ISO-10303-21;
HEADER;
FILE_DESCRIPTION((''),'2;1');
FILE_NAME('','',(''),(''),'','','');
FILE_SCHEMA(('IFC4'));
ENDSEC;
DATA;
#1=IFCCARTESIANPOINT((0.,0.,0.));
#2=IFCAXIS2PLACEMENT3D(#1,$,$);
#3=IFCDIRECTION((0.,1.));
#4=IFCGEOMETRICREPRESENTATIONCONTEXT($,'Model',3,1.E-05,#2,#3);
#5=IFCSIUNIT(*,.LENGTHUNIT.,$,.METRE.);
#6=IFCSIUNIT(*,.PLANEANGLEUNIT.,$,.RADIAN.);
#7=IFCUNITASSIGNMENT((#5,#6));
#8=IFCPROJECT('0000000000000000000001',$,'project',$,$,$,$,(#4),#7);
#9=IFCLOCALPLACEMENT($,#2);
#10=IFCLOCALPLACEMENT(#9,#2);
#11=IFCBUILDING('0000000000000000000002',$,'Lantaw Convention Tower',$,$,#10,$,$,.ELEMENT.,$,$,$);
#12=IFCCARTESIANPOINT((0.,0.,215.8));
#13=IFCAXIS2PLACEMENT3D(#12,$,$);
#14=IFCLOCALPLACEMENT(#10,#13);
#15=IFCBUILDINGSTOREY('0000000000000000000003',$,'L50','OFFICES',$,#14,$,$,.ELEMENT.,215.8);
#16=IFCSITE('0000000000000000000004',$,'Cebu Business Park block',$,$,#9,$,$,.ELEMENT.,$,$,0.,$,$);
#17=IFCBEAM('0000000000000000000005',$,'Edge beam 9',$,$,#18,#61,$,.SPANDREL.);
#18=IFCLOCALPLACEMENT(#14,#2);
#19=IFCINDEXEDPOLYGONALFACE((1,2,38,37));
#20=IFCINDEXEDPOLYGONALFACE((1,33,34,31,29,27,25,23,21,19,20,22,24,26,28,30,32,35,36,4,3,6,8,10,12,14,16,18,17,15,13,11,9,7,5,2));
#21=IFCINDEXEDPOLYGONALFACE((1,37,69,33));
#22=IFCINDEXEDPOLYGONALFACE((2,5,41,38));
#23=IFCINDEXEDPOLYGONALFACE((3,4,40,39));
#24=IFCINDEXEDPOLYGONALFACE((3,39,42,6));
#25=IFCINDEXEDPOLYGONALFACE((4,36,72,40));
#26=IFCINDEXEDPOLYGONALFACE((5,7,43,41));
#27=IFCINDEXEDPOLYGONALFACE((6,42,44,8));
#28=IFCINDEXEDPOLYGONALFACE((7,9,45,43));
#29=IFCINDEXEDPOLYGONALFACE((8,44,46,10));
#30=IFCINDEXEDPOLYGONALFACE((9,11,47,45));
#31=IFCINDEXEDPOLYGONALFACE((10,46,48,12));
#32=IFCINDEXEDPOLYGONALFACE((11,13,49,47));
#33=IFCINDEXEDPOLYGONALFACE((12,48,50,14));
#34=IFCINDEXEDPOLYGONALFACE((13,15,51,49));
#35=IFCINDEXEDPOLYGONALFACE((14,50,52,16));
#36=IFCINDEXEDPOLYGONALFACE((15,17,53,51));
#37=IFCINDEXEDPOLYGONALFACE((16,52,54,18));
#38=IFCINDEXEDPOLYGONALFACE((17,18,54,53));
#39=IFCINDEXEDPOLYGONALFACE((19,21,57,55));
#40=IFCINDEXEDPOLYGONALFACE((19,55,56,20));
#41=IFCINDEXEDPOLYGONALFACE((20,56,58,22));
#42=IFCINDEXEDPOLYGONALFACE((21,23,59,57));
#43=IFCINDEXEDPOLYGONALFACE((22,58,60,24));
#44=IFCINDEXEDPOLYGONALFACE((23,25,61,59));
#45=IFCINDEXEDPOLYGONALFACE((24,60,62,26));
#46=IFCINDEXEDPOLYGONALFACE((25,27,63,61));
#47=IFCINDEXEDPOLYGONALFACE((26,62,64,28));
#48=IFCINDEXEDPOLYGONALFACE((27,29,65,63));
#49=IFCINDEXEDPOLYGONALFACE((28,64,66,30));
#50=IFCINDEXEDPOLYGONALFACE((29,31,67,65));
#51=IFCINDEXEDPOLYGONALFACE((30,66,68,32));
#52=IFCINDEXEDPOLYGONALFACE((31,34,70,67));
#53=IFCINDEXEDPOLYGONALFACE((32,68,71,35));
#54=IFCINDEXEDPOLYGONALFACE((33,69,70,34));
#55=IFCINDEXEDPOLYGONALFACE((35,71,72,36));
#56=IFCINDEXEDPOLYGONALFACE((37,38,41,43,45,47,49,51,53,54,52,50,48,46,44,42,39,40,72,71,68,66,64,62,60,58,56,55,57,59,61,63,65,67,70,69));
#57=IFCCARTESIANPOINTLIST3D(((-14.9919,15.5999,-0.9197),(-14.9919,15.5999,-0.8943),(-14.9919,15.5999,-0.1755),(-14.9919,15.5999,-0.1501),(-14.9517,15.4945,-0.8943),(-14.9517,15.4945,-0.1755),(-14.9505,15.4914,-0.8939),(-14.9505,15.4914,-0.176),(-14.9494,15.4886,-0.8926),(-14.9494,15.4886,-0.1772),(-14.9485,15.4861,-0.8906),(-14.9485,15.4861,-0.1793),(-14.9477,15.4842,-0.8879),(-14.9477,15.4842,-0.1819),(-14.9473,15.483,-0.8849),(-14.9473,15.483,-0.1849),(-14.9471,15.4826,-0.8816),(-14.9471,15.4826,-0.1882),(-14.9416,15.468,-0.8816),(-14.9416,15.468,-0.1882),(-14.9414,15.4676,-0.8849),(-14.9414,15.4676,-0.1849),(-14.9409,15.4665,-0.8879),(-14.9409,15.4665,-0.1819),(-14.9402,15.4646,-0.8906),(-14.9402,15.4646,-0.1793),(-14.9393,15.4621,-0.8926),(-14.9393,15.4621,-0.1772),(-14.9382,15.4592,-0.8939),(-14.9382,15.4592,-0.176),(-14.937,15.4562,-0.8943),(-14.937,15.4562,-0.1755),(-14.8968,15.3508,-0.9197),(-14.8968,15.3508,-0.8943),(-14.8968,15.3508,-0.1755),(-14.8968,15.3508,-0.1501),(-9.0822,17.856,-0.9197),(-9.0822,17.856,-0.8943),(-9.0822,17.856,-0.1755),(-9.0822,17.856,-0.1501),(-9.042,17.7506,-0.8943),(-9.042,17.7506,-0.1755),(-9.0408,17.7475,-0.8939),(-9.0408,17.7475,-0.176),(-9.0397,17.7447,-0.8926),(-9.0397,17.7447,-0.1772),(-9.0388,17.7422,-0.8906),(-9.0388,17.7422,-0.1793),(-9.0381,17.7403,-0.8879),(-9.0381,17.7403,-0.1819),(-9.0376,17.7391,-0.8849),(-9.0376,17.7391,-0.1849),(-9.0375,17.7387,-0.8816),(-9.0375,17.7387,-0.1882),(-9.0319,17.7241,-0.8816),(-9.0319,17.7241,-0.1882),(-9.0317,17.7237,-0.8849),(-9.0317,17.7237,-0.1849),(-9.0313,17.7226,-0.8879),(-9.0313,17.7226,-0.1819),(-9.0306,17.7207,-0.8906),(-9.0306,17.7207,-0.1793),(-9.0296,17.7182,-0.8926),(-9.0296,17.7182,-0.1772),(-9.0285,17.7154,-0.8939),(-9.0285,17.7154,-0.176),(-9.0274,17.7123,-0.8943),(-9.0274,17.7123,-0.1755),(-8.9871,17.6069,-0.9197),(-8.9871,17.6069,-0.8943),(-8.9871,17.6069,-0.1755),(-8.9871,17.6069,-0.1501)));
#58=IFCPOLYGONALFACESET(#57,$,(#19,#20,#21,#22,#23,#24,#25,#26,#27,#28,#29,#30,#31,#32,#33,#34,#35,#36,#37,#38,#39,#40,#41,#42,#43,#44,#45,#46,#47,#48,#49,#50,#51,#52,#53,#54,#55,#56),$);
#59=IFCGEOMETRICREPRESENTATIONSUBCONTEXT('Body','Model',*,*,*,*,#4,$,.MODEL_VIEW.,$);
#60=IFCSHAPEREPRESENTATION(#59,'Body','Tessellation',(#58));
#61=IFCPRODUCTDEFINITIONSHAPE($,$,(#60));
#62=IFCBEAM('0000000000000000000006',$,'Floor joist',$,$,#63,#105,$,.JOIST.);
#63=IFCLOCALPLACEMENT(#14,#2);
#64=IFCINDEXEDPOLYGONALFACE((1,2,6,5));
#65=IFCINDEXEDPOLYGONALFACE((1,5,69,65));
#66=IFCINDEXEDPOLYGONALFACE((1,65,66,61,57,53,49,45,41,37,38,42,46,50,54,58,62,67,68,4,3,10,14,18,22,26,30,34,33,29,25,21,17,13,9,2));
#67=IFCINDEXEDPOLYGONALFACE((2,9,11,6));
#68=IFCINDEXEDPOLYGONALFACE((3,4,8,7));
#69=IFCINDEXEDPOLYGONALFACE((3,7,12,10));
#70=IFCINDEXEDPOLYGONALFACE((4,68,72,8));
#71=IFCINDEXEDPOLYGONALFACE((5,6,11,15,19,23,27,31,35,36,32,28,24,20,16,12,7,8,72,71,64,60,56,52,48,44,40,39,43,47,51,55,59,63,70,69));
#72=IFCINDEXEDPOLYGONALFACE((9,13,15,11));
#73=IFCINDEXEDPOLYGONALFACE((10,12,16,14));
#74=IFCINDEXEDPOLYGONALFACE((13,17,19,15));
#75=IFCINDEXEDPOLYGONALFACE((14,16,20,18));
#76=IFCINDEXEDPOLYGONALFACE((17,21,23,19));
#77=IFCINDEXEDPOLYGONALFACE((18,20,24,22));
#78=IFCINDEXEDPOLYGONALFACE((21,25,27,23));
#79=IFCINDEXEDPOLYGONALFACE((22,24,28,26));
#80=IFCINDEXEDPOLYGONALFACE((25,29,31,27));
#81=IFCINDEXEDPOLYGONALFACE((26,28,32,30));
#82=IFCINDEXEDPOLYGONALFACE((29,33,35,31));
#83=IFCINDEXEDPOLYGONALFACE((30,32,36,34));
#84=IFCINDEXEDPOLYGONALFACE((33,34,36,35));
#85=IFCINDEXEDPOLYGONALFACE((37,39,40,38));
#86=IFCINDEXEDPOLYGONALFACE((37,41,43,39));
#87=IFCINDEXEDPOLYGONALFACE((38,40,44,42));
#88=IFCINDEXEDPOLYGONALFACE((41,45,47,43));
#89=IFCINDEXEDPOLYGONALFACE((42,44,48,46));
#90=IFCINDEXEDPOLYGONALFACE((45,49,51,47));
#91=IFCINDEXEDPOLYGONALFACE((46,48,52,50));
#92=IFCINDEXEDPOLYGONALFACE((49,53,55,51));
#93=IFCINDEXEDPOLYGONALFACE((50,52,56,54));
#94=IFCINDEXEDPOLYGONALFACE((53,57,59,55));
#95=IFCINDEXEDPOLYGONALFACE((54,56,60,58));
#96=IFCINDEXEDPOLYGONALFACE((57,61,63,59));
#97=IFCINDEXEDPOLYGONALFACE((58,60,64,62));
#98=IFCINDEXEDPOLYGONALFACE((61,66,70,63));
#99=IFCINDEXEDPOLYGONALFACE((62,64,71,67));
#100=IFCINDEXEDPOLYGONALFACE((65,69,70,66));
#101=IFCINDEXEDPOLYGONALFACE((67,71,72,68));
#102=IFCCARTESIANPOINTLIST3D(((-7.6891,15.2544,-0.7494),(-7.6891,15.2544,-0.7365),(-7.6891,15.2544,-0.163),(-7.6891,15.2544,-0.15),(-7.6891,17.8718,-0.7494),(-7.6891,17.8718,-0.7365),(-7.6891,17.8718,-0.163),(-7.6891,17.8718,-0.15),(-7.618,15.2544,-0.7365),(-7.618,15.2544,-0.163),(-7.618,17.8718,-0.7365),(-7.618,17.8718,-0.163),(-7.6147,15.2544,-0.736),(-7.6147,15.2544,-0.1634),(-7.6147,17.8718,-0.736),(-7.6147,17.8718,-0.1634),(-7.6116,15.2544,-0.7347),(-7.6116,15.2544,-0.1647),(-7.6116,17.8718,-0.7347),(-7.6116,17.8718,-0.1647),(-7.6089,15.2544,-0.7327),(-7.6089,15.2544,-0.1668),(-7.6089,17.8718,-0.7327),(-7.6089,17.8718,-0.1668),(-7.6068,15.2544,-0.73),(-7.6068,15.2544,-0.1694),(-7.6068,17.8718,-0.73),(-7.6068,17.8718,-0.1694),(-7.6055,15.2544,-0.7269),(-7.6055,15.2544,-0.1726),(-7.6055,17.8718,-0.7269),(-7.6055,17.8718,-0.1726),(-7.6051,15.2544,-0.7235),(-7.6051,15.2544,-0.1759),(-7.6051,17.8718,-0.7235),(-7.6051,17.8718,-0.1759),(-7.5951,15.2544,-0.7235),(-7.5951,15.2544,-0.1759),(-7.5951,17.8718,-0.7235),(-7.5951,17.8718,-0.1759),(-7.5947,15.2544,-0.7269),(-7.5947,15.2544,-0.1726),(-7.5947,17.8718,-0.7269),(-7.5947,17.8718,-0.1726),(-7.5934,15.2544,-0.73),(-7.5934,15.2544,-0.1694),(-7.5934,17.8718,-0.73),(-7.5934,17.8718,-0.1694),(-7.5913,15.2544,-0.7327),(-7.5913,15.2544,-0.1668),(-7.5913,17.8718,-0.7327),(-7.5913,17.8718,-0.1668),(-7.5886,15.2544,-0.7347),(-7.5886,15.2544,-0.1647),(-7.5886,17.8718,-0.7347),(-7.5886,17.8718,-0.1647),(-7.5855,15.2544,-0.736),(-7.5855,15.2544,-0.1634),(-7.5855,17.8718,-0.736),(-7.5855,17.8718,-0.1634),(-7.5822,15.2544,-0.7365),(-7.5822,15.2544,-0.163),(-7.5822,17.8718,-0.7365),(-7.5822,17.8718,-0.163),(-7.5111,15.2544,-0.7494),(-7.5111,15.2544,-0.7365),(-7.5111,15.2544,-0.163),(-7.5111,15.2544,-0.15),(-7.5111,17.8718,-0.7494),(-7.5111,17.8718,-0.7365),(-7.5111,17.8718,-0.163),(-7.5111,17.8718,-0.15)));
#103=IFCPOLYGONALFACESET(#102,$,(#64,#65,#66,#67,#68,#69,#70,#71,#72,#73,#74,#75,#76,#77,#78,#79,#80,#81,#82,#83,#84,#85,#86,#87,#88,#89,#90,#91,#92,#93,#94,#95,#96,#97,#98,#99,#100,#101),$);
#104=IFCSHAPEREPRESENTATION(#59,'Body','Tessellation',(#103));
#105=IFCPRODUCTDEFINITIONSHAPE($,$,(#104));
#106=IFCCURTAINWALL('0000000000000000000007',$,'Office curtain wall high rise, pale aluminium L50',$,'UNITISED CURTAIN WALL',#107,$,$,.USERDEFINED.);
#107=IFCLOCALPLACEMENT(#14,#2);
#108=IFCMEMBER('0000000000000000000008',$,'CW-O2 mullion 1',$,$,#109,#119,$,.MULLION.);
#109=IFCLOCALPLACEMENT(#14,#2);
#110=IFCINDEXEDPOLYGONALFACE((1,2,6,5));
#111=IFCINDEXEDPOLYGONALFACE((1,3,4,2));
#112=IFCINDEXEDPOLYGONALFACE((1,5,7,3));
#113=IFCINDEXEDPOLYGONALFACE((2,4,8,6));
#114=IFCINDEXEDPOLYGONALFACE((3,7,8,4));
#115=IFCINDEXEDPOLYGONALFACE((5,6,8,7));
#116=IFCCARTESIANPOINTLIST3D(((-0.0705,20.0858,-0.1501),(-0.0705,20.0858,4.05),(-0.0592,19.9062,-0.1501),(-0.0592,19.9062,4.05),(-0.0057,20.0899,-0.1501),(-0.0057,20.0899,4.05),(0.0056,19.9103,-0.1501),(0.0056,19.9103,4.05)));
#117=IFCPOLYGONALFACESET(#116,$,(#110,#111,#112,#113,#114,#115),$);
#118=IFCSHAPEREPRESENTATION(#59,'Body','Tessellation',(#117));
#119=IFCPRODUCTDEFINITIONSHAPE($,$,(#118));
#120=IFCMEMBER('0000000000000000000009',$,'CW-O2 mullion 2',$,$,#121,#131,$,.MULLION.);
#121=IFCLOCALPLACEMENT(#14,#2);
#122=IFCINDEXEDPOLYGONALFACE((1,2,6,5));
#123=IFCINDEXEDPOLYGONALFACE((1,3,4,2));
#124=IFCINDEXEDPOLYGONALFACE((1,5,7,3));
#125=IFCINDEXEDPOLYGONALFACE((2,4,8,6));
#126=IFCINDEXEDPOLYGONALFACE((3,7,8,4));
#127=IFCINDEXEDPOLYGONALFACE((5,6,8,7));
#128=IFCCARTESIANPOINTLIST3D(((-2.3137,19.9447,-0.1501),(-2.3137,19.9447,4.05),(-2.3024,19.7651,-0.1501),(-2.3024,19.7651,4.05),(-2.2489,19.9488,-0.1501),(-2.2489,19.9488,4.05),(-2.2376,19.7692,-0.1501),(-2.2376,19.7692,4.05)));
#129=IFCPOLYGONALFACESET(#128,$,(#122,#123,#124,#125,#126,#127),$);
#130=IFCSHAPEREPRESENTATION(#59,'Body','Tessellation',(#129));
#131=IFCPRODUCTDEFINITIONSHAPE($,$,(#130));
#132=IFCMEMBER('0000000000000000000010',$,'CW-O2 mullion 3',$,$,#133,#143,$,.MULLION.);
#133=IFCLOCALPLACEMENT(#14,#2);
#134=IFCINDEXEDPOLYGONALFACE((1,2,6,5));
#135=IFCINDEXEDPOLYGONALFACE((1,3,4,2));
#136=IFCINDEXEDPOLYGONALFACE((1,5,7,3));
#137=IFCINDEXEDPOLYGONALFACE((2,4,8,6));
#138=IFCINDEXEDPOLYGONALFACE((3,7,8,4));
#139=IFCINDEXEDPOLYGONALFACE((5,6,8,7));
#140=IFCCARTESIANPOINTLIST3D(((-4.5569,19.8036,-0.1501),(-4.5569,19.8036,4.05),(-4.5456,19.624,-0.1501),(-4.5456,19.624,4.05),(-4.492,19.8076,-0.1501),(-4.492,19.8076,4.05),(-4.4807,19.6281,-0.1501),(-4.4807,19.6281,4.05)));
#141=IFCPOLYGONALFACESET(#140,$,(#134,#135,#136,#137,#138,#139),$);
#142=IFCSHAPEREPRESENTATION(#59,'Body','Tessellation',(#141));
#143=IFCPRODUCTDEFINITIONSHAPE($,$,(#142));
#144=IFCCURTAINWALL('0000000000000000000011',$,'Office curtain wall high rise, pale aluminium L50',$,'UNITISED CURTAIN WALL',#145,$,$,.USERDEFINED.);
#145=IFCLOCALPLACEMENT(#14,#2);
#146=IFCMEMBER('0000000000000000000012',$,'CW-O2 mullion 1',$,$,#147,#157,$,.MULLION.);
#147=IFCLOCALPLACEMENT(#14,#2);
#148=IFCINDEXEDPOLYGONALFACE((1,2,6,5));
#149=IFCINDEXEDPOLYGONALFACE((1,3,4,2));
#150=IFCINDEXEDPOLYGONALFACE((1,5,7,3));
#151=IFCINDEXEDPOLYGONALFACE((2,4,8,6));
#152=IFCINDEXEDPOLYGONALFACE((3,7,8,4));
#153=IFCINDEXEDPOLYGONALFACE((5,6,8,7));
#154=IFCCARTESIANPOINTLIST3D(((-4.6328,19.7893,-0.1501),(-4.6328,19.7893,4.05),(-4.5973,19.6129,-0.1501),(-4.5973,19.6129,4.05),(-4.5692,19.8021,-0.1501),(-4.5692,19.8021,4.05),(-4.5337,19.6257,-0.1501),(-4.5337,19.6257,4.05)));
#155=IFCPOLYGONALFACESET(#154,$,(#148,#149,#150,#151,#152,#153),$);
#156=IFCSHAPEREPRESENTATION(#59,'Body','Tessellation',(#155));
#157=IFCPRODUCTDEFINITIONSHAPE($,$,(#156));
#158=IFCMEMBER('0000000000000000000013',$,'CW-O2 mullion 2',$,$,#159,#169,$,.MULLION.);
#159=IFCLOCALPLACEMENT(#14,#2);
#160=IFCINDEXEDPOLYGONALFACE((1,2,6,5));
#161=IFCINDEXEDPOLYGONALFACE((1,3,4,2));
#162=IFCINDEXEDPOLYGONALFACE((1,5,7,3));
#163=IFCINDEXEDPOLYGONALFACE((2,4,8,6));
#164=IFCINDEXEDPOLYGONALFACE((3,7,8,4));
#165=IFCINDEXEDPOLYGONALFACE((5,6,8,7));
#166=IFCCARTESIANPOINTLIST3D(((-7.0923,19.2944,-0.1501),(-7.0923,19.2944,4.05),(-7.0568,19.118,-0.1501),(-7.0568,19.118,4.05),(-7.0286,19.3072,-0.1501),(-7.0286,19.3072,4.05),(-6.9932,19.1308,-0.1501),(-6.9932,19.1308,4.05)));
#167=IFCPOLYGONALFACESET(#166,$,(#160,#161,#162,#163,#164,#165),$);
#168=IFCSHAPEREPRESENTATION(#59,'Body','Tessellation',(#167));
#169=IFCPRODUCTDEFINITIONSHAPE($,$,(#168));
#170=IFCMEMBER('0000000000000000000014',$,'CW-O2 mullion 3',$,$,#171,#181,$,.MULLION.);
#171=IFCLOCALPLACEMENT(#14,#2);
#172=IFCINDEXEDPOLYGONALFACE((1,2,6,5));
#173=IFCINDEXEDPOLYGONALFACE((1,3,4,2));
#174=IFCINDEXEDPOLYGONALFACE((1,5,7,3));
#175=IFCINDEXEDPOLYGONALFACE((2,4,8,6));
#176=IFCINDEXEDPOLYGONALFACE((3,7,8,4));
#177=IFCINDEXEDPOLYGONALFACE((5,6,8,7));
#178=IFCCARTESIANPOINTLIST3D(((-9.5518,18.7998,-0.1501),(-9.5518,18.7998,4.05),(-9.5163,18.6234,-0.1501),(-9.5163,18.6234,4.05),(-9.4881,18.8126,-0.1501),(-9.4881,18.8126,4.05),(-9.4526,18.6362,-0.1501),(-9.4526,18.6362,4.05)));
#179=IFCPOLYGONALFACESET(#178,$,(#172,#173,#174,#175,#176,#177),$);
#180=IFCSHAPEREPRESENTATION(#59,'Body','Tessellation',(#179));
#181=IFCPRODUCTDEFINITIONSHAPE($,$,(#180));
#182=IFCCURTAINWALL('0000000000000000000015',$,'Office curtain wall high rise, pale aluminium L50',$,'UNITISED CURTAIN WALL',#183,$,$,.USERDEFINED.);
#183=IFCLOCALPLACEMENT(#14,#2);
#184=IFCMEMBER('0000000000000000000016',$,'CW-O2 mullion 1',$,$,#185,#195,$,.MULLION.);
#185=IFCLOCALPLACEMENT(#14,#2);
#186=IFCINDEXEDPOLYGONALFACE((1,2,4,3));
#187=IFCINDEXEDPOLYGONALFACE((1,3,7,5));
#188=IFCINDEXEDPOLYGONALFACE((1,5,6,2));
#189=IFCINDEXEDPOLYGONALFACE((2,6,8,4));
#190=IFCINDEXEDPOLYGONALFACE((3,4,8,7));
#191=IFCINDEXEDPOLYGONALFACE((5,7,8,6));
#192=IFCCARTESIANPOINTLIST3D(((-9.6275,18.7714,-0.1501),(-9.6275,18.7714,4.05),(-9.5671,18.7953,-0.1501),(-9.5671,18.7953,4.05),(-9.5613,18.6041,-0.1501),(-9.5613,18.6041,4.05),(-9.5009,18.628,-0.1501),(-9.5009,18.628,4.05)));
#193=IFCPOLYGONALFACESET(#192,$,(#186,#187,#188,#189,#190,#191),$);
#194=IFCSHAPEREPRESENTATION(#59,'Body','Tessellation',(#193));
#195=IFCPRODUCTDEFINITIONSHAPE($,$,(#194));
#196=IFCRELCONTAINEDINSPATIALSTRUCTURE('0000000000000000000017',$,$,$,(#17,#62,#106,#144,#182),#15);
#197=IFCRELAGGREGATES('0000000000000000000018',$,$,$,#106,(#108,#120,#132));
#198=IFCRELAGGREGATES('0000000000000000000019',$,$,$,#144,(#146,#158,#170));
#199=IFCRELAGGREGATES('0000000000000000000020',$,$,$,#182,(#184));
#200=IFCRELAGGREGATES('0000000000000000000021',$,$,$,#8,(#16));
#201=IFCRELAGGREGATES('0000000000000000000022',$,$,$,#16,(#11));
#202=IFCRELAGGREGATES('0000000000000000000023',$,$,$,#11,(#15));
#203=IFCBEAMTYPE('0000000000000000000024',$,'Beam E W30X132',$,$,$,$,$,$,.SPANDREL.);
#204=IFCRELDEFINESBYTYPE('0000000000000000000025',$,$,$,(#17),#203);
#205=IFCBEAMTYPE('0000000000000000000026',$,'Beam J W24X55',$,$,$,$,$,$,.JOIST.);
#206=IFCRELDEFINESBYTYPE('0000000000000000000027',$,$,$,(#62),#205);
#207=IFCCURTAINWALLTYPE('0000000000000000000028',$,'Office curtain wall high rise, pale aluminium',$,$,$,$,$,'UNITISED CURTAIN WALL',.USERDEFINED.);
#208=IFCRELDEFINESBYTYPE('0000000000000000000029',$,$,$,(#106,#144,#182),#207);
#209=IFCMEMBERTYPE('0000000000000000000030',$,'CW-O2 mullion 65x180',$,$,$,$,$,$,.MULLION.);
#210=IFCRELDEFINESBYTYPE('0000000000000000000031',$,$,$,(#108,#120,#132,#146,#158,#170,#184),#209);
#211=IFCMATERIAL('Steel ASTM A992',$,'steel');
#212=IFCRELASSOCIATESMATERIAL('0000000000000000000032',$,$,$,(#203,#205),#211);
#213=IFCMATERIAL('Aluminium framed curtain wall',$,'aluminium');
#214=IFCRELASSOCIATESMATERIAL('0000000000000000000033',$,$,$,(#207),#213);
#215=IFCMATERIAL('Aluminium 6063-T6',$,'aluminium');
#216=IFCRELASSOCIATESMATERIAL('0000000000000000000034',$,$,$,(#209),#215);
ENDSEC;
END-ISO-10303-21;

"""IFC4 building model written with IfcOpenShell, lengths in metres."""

from ifc_helpers import new_model, si_unit, direction, frame, origin, origin_2d, place, context, subcontext, project, spatial, rectangle, i_section, extrude, material, material_profile, profile_set, type_object, element, aggregate, save


model = new_model("IFC4")

# Units and contexts
model_context = context("Model", 3, precision=1e-05, world=origin(), true_north=direction((0.0, 1.0)))
body_context = subcontext(model_context, "Body", "Model", "MODEL_VIEW")
ifc_project = project(units=[si_unit("LENGTHUNIT", "METRE"), si_unit("PLANEANGLEUNIT", "RADIAN")], contexts=[model_context])

# Site, building, storey
site_placement = place(None, origin())
site = spatial("IfcSite", under=ifc_project, at=site_placement, Name="Cebu Business Park block", CompositionType="ELEMENT", RefElevation=0.0)
building_placement = place(site_placement, origin())
building = spatial("IfcBuilding", under=site, at=building_placement, Name="Lantaw Convention Tower", CompositionType="ELEMENT")
storey_placement = place(building_placement, frame((0.0, 0.0, 215.8)))
storey = spatial("IfcBuildingStorey", under=building, at=storey_placement, Name="L50", Description="OFFICES", CompositionType="ELEMENT", Elevation=215.8)

# Beams
ifc_material_1 = material(Name="Steel ASTM A992", Category="steel")
ifc_material_profile_1 = material_profile(ifc_material_1, i_section(OverallWidth=0.2666, OverallDepth=0.7695, WebThickness=0.0156, FlangeThickness=0.0254, FilletRadius=0.0127, at=origin_2d()), Name="W30X132")
ifc_profile_set_1 = profile_set([ifc_material_profile_1], Name="Steel ASTM A992")
beam_type_1 = type_object("IfcBeamType", Name="Beam E W30X132", PredefinedType="SPANDREL", material=ifc_profile_set_1)
beam_1_placement = place(storey_placement, frame((-9.0347, 17.7314, -0.5349), z_axis=(-0.934235, -0.356658, 0.0), x_axis=(0.356658, -0.934235, 0.0)))
element("IfcBeam", 1, at=beam_1_placement, inside=storey, type_object=beam_type_1, Name="Edge beam 9", PredefinedType="SPANDREL", context=body_context, shape_type="SweptSolid", body=[
    extrude(i_section(OverallWidth=0.2666, OverallDepth=0.7695, WebThickness=0.0156, FlangeThickness=0.0254, FilletRadius=0.0127, at=origin_2d()), origin(), (0.0, 0.0, 1.0), 6.3257),
])
ifc_material_profile_2 = material_profile(ifc_material_1, i_section(OverallWidth=0.178, OverallDepth=0.5994, WebThickness=0.01, FlangeThickness=0.0129, FilletRadius=0.0129, at=origin_2d()), Name="W24X55")
ifc_profile_set_2 = profile_set([ifc_material_profile_2], Name="Steel ASTM A992")
beam_type_2 = type_object("IfcBeamType", Name="Beam J W24X55", PredefinedType="JOIST", material=ifc_profile_set_2)
beam_2_placement = place(storey_placement, frame((-7.6001, 15.2544, -0.4497), z_axis=(0.0, 1.0, 0.0), x_axis=(-1.0, 0.0, 0.0)))
element("IfcBeam", 2, at=beam_2_placement, inside=storey, type_object=beam_type_2, Name="Floor joist", PredefinedType="JOIST", context=body_context, shape_type="SweptSolid", body=[
    extrude(i_section(OverallWidth=0.178, OverallDepth=0.5994, WebThickness=0.01, FlangeThickness=0.0129, FilletRadius=0.0129, at=origin_2d()), origin(), (0.0, 0.0, 1.0), 2.6174),
])

# Curtain walls, members
ifc_material_2 = material(Name="Aluminium framed curtain wall", Category="aluminium")
curtain_wall_type = type_object("IfcCurtainWallType", Name="Office curtain wall high rise, pale aluminium", ElementType="UNITISED CURTAIN WALL", PredefinedType="USERDEFINED", material=ifc_material_2)
curtain_wall_1_placement = place(storey_placement, origin())
curtain_wall_1 = element("IfcCurtainWall", 3, at=curtain_wall_1_placement, inside=storey, type_object=curtain_wall_type, Name="Office curtain wall high rise, pale aluminium L50", ObjectType="UNITISED CURTAIN WALL", PredefinedType="USERDEFINED")
ifc_material_3 = material(Name="Aluminium 6063-T6", Category="aluminium")
ifc_material_profile_3 = material_profile(ifc_material_3, rectangle(XDim=0.1799, YDim=0.0649, at=origin_2d()), Name="CW-O2 mullion 65x180")
ifc_profile_set_3 = profile_set([ifc_material_profile_3], Name="Aluminium 6063-T6")
member_type_1 = type_object("IfcMemberType", Name="CW-O2 mullion 65x180", PredefinedType="MULLION", material=ifc_profile_set_3)
member_1_placement = place(storey_placement, frame((-0.0325, 19.998, -0.1501), z_axis=(0.0, 0.0, 1.0), x_axis=(0.062758, -0.998029, 0.0)))
member_1 = element("IfcMember", 4, at=member_1_placement, type_object=member_type_1, Name="CW-O2 mullion 1", PredefinedType="MULLION", context=body_context, shape_type="SweptSolid", body=[
    extrude(rectangle(XDim=0.1799, YDim=0.0649, at=origin_2d()), origin(), (0.0, 0.0, 1.0), 4.2002),
])
member_2_placement = place(storey_placement, frame((-2.2756, 19.8569, -0.1501), z_axis=(0.0, 0.0, 1.0), x_axis=(0.062758, -0.998029, 0.0)))
member_2 = element("IfcMember", 5, at=member_2_placement, type_object=member_type_1, Name="CW-O2 mullion 2", PredefinedType="MULLION", context=body_context, shape_type="SweptSolid", body=[
    extrude(rectangle(XDim=0.1799, YDim=0.0649, at=origin_2d()), origin(), (0.0, 0.0, 1.0), 4.2002),
])
member_3_placement = place(storey_placement, frame((-4.5188, 19.7158, -0.1501), z_axis=(0.0, 0.0, 1.0), x_axis=(0.062758, -0.998029, 0.0)))
member_3 = element("IfcMember", 6, at=member_3_placement, type_object=member_type_1, Name="CW-O2 mullion 3", PredefinedType="MULLION", context=body_context, shape_type="SweptSolid", body=[
    extrude(rectangle(XDim=0.1799, YDim=0.0649, at=origin_2d()), origin(), (0.0, 0.0, 1.0), 4.2002),
])
curtain_wall_2_placement = place(storey_placement, origin())
curtain_wall_2 = element("IfcCurtainWall", 7, at=curtain_wall_2_placement, inside=storey, type_object=curtain_wall_type, Name="Office curtain wall high rise, pale aluminium L50", ObjectType="UNITISED CURTAIN WALL", PredefinedType="USERDEFINED")
member_4_placement = place(storey_placement, frame((-4.5833, 19.7075, -0.1501), z_axis=(0.0, 0.0, 1.0), x_axis=(0.197183, -0.980367, 0.0)))
member_4 = element("IfcMember", 8, at=member_4_placement, type_object=member_type_1, Name="CW-O2 mullion 1", PredefinedType="MULLION", context=body_context, shape_type="SweptSolid", body=[
    extrude(rectangle(XDim=0.1799, YDim=0.0649, at=origin_2d()), origin(), (0.0, 0.0, 1.0), 4.2002),
])
member_5_placement = place(storey_placement, frame((-7.0427, 19.2126, -0.1501), z_axis=(0.0, 0.0, 1.0), x_axis=(0.197183, -0.980367, 0.0)))
member_5 = element("IfcMember", 9, at=member_5_placement, type_object=member_type_1, Name="CW-O2 mullion 2", PredefinedType="MULLION", context=body_context, shape_type="SweptSolid", body=[
    extrude(rectangle(XDim=0.1799, YDim=0.0649, at=origin_2d()), origin(), (0.0, 0.0, 1.0), 4.2002),
])
member_6_placement = place(storey_placement, frame((-9.5022, 18.718, -0.1501), z_axis=(0.0, 0.0, 1.0), x_axis=(0.197183, -0.980367, 0.0)))
member_6 = element("IfcMember", 10, at=member_6_placement, type_object=member_type_1, Name="CW-O2 mullion 3", PredefinedType="MULLION", context=body_context, shape_type="SweptSolid", body=[
    extrude(rectangle(XDim=0.1799, YDim=0.0649, at=origin_2d()), origin(), (0.0, 0.0, 1.0), 4.2002),
])

# Curtain wall, member
curtain_wall_3_placement = place(storey_placement, origin())
curtain_wall_3 = element("IfcCurtainWall", 11, at=curtain_wall_3_placement, inside=storey, type_object=curtain_wall_type, Name="Office curtain wall high rise, pale aluminium L50", ObjectType="UNITISED CURTAIN WALL", PredefinedType="USERDEFINED")
member_7_placement = place(storey_placement, frame((-9.5642, 18.6997, -0.1501), z_axis=(0.0, 0.0, 1.0), x_axis=(0.368162, -0.929762, 0.0)))
member_7 = element("IfcMember", 12, at=member_7_placement, type_object=member_type_1, Name="CW-O2 mullion 1", PredefinedType="MULLION", context=body_context, shape_type="SweptSolid", body=[
    extrude(rectangle(XDim=0.1799, YDim=0.0649, at=origin_2d()), origin(), (0.0, 0.0, 1.0), 4.2002),
])

aggregate(curtain_wall_1, [member_1, member_2, member_3])
aggregate(curtain_wall_2, [member_4, member_5, member_6])
aggregate(curtain_wall_3, [member_7])

save(model, "model.ifc")
